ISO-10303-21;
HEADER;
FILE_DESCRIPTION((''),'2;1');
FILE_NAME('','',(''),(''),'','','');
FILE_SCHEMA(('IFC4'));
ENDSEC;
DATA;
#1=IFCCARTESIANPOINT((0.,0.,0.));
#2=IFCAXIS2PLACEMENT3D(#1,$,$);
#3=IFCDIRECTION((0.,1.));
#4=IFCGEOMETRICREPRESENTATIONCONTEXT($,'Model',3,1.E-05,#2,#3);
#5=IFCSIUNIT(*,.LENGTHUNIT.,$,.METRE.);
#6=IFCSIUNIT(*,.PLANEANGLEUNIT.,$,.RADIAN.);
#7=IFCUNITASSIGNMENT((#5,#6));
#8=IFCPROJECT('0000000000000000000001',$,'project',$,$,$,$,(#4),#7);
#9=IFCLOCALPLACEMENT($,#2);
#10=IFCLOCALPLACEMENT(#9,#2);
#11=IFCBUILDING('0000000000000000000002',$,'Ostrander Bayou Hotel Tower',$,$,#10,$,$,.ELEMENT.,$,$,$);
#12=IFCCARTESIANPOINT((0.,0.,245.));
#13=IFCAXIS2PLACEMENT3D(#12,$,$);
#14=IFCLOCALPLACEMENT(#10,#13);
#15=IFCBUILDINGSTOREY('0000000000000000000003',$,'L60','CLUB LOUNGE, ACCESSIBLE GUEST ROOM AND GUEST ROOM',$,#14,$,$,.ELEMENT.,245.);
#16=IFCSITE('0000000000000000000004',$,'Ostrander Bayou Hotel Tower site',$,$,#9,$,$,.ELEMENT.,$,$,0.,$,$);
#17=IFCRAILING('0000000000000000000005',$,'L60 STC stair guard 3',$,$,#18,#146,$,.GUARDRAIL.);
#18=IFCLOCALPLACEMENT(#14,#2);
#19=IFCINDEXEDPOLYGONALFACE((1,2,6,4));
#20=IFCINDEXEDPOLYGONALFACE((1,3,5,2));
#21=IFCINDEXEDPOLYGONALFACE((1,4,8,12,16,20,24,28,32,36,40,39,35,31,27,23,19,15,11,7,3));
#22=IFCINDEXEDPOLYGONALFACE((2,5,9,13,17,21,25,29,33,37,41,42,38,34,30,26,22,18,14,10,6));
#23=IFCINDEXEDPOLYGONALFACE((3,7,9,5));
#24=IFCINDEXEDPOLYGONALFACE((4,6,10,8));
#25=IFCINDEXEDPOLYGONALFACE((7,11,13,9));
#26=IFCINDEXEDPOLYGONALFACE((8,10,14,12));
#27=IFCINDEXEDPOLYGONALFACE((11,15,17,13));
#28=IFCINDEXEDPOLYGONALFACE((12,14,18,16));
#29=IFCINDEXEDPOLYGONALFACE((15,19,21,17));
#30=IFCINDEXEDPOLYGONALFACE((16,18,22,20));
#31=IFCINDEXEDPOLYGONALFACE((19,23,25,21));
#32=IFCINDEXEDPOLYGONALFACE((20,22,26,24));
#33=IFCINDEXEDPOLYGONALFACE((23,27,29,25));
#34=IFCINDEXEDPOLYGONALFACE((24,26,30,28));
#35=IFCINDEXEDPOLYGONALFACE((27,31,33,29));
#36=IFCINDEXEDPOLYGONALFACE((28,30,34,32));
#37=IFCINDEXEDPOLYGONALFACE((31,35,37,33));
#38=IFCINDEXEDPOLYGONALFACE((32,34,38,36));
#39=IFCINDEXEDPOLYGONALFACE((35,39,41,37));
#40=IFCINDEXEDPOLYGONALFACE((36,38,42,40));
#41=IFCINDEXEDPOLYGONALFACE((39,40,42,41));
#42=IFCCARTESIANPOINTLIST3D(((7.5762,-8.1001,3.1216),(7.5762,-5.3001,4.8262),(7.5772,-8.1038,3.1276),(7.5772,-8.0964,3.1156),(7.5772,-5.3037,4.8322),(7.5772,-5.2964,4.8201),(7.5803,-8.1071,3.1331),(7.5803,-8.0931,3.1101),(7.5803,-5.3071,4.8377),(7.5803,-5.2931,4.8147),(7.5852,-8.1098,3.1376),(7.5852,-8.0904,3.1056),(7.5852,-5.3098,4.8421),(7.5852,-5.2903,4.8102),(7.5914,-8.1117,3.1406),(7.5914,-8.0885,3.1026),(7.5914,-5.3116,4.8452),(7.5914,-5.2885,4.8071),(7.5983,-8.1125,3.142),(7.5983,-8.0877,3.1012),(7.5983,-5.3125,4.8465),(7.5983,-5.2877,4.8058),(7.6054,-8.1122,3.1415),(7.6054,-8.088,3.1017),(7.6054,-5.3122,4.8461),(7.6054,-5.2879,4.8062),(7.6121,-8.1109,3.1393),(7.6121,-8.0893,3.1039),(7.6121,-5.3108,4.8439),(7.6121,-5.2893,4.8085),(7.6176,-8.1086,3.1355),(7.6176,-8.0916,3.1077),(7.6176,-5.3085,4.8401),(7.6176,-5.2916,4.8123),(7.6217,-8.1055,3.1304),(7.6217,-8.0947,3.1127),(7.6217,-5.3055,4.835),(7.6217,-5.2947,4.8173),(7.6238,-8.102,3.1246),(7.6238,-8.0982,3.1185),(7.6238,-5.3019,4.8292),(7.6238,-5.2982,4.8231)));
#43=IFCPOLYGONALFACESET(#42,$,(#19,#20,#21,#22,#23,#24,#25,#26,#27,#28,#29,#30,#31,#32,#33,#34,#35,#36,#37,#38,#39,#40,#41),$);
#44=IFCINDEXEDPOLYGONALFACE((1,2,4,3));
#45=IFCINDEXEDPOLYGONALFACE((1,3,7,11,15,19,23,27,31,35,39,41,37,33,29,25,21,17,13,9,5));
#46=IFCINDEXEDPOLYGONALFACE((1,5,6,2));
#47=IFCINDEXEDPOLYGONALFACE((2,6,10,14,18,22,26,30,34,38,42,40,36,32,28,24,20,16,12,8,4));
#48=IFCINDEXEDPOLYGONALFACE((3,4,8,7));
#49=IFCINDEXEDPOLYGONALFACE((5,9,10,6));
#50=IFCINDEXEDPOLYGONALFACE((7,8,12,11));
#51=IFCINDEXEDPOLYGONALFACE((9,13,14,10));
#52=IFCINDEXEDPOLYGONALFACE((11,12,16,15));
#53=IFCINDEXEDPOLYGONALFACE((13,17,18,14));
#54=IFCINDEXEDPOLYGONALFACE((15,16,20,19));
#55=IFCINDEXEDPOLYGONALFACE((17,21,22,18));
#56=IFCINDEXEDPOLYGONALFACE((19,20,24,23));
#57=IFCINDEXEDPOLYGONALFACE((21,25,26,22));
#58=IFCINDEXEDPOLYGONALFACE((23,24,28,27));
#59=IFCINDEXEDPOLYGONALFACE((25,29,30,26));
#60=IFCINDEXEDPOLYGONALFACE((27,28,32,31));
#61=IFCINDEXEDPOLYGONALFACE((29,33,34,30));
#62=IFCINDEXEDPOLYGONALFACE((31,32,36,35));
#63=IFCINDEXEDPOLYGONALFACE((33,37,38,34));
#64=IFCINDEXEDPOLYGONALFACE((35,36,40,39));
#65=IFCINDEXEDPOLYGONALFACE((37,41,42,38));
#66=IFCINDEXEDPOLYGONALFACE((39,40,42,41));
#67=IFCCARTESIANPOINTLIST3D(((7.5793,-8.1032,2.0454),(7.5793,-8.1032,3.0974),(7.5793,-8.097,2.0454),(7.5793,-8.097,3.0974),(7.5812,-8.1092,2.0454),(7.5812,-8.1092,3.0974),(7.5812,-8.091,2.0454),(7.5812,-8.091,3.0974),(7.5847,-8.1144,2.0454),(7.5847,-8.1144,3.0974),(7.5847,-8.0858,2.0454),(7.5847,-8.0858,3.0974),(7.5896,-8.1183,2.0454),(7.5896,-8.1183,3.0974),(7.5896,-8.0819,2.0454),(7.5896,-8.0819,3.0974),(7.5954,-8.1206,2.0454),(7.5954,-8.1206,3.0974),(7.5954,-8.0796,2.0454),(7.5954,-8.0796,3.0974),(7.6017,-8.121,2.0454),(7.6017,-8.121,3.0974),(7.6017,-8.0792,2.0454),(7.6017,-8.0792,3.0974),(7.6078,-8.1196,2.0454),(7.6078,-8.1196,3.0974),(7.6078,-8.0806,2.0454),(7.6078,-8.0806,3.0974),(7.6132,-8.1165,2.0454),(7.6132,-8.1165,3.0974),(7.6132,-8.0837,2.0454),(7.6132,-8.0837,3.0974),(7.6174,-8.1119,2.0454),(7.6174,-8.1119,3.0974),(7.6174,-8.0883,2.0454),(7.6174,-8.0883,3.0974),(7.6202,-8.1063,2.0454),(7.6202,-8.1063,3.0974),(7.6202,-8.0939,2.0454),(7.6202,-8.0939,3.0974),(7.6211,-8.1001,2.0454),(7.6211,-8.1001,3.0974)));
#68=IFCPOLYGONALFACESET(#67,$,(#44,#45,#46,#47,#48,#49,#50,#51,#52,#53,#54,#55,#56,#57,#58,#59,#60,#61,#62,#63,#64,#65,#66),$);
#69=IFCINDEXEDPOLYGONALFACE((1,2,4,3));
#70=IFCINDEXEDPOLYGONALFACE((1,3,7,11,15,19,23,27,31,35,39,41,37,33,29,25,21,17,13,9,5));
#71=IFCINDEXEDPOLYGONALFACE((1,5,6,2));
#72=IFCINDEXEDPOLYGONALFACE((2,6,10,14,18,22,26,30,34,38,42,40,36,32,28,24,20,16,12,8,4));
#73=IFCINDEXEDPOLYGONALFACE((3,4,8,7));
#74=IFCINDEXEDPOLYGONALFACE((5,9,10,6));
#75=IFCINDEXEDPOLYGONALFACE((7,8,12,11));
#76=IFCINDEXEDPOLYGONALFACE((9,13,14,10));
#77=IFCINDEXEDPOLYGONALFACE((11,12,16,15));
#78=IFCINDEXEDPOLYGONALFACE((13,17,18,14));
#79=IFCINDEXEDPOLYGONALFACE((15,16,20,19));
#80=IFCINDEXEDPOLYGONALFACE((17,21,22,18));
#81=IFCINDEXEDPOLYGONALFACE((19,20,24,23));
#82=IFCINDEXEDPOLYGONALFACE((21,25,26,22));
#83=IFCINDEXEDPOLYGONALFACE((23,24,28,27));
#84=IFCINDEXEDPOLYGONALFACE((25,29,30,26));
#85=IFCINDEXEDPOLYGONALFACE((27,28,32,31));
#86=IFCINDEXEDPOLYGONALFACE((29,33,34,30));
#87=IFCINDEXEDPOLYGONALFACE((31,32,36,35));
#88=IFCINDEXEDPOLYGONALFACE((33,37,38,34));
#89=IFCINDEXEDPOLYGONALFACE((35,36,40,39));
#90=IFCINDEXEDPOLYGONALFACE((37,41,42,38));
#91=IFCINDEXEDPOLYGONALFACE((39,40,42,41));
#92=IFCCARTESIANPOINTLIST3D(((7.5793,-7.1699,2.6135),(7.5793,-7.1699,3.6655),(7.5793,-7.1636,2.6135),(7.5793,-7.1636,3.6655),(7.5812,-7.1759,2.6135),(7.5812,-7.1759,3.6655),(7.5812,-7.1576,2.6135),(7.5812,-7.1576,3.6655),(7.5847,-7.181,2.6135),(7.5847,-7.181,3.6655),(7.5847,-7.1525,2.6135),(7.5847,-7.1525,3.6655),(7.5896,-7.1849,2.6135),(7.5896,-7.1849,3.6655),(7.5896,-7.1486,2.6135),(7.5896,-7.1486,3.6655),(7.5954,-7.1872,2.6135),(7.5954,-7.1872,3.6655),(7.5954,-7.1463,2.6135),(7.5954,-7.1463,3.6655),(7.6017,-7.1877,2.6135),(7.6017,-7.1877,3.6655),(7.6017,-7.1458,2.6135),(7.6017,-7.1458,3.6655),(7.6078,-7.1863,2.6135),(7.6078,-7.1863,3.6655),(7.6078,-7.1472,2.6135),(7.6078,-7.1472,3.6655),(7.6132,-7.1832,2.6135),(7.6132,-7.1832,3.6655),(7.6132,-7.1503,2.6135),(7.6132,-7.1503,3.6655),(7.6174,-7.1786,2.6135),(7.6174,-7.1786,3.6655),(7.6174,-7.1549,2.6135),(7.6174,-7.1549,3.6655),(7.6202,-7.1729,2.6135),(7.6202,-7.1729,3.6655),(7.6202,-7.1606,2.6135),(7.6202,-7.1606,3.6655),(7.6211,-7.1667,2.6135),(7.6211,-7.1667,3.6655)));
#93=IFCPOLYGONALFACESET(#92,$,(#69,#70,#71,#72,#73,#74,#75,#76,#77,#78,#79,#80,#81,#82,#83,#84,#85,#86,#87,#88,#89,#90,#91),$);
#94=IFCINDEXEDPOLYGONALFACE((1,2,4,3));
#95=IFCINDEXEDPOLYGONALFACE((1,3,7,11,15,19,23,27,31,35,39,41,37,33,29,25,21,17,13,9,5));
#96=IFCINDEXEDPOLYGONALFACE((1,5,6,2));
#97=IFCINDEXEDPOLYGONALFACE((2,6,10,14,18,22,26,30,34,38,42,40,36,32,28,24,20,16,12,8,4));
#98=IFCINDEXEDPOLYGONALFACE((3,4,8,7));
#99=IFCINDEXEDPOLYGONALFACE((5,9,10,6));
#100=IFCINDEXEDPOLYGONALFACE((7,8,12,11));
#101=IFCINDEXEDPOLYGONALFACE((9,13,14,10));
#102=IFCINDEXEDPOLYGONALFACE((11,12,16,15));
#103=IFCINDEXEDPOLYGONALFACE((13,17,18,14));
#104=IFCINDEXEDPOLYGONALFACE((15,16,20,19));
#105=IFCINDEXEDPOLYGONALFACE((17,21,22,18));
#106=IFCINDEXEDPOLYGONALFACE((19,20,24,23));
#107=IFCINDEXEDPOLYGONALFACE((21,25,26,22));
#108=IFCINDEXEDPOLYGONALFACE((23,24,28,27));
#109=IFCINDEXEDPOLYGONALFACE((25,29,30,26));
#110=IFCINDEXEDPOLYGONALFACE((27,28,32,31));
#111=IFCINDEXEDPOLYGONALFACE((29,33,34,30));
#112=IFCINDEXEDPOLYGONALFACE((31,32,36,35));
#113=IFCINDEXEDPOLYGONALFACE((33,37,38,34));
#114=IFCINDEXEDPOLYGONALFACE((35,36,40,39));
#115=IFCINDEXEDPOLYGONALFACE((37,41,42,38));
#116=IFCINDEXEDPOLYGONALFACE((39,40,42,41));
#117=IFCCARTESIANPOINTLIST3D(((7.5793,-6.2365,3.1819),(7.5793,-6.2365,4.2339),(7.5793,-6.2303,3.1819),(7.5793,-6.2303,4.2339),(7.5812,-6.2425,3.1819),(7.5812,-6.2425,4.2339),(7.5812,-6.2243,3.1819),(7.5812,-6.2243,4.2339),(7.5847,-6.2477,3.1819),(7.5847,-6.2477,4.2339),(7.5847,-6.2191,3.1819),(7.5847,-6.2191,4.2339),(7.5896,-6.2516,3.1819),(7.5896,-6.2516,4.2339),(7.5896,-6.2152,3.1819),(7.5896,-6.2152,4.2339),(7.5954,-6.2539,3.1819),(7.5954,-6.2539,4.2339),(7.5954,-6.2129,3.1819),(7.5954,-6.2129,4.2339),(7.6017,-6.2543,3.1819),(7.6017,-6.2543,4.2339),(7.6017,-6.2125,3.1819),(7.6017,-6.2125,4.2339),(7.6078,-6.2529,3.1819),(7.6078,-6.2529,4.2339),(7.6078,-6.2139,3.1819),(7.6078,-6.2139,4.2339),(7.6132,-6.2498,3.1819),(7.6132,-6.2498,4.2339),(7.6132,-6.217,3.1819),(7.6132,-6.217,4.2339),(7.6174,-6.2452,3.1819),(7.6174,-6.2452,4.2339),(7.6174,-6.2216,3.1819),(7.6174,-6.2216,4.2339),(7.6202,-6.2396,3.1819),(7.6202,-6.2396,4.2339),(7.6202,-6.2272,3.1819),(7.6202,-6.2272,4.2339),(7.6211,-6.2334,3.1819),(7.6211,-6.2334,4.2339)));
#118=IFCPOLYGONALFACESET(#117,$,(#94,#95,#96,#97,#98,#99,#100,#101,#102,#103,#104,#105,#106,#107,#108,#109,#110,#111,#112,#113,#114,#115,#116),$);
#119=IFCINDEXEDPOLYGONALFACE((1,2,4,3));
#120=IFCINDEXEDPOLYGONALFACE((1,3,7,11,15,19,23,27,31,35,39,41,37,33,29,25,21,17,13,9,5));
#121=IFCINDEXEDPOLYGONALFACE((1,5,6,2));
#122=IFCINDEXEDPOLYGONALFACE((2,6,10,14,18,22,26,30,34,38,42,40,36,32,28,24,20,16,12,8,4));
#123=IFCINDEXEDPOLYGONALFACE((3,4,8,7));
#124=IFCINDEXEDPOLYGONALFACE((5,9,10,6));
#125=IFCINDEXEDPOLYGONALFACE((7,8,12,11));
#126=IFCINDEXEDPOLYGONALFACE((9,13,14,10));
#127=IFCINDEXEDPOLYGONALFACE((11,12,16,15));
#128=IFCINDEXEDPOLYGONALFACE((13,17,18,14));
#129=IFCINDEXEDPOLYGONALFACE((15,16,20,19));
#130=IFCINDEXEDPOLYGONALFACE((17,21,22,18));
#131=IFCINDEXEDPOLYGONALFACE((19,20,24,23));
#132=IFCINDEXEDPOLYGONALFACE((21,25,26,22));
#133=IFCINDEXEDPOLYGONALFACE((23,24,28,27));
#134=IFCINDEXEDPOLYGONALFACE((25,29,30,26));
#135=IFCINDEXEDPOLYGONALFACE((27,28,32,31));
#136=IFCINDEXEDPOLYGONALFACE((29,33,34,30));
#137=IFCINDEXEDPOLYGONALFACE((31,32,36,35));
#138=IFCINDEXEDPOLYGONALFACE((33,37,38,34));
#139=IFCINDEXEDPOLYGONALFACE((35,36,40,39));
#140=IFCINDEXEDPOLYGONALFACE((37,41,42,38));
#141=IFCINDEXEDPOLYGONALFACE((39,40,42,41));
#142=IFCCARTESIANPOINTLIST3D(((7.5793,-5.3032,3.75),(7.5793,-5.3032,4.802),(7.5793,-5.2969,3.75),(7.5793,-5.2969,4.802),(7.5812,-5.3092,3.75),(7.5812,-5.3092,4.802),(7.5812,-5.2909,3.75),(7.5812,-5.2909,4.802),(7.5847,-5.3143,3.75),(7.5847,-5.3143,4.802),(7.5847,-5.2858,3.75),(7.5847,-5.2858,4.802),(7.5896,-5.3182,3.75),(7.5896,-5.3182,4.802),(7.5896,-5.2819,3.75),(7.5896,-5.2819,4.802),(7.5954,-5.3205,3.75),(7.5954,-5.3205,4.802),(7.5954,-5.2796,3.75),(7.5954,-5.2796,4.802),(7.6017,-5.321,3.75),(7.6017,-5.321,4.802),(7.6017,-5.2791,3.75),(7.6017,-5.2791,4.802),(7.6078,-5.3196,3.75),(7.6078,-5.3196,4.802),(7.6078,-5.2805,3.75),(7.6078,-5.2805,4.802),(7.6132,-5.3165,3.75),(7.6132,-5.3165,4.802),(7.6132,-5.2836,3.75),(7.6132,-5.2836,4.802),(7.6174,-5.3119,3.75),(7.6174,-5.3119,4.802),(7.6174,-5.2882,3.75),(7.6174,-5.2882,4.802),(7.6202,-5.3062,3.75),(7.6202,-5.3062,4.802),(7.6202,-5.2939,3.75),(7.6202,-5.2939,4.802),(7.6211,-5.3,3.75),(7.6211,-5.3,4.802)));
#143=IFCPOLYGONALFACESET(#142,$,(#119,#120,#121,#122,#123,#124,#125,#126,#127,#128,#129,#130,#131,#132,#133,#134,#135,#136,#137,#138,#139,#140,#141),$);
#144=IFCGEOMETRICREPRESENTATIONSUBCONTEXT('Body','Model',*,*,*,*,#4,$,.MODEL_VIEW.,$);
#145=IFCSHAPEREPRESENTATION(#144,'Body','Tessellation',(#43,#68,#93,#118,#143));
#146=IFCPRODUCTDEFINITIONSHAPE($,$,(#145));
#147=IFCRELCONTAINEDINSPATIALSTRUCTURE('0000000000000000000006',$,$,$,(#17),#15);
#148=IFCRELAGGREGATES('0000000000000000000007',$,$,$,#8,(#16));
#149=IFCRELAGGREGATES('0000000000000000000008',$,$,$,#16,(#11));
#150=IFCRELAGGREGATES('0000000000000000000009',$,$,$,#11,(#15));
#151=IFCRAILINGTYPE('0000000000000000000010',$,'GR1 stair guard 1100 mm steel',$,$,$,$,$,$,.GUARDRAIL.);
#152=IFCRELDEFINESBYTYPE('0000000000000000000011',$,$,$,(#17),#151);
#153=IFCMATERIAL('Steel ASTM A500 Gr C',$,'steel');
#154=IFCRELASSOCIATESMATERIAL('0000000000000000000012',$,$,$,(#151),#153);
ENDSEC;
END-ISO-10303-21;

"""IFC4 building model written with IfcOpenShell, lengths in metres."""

from ifc_helpers import new_model, si_unit, direction, frame, origin, origin_2d, place, context, subcontext, project, spatial, circle, extrude, material, type_object, element, save


model = new_model("IFC4")

# Units and contexts
model_context = context("Model", 3, precision=1e-05, world=origin(), true_north=direction((0.0, 1.0)))
body_context = subcontext(model_context, "Body", "Model", "MODEL_VIEW")
ifc_project = project(units=[si_unit("LENGTHUNIT", "METRE"), si_unit("PLANEANGLEUNIT", "RADIAN")], contexts=[model_context])

# Site, building, storey
site_placement = place(None, origin())
site = spatial("IfcSite", under=ifc_project, at=site_placement, Name="Ostrander Bayou Hotel Tower site", CompositionType="ELEMENT", RefElevation=0.0)
building_placement = place(site_placement, origin())
building = spatial("IfcBuilding", under=site, at=building_placement, Name="Ostrander Bayou Hotel Tower", CompositionType="ELEMENT")
storey_placement = place(building_placement, frame((0.0, 0.0, 245.0)))
storey = spatial("IfcBuildingStorey", under=building, at=storey_placement, Name="L60", Description="CLUB LOUNGE, ACCESSIBLE GUEST ROOM AND GUEST ROOM", CompositionType="ELEMENT", Elevation=245.0)

# Railing
ifc_material_1 = material(Name="Steel ASTM A500 Gr C", Category="steel")
railing_type_1 = type_object("IfcRailingType", Name="GR1 stair guard 1100 mm steel", PredefinedType="GUARDRAIL", material=ifc_material_1)
railing_1_placement = place(storey_placement, frame((7.6001, -8.1001, 2.0454)))
element("IfcRailing", 1, at=railing_1_placement, inside=storey, type_object=railing_type_1, Name="L60 STC stair guard 3", PredefinedType="GUARDRAIL", context=body_context, shape_type="SweptSolid", body=[
    extrude(circle(Radius=0.0239, at=origin_2d()), frame((0.0, 0.0, 1.0762), z_axis=(0.0, 0.85417, 0.519994), x_axis=(-1.0, 0.0, 0.0)), (0.0, 0.0, 1.0), 3.2781),
    extrude(circle(Radius=0.021, at=origin_2d()), origin(), (0.0, 0.0, 1.0), 1.052),
    extrude(circle(Radius=0.021, at=origin_2d()), frame((0.0, 0.9333, 0.5681)), (0.0, 0.0, 1.0), 1.052),
    extrude(circle(Radius=0.021, at=origin_2d()), frame((0.0, 1.8667, 1.1365)), (0.0, 0.0, 1.0), 1.052),
    extrude(circle(Radius=0.021, at=origin_2d()), frame((0.0, 2.8, 1.7046)), (0.0, 0.0, 1.0), 1.052),
])

save(model, "model.ifc")
